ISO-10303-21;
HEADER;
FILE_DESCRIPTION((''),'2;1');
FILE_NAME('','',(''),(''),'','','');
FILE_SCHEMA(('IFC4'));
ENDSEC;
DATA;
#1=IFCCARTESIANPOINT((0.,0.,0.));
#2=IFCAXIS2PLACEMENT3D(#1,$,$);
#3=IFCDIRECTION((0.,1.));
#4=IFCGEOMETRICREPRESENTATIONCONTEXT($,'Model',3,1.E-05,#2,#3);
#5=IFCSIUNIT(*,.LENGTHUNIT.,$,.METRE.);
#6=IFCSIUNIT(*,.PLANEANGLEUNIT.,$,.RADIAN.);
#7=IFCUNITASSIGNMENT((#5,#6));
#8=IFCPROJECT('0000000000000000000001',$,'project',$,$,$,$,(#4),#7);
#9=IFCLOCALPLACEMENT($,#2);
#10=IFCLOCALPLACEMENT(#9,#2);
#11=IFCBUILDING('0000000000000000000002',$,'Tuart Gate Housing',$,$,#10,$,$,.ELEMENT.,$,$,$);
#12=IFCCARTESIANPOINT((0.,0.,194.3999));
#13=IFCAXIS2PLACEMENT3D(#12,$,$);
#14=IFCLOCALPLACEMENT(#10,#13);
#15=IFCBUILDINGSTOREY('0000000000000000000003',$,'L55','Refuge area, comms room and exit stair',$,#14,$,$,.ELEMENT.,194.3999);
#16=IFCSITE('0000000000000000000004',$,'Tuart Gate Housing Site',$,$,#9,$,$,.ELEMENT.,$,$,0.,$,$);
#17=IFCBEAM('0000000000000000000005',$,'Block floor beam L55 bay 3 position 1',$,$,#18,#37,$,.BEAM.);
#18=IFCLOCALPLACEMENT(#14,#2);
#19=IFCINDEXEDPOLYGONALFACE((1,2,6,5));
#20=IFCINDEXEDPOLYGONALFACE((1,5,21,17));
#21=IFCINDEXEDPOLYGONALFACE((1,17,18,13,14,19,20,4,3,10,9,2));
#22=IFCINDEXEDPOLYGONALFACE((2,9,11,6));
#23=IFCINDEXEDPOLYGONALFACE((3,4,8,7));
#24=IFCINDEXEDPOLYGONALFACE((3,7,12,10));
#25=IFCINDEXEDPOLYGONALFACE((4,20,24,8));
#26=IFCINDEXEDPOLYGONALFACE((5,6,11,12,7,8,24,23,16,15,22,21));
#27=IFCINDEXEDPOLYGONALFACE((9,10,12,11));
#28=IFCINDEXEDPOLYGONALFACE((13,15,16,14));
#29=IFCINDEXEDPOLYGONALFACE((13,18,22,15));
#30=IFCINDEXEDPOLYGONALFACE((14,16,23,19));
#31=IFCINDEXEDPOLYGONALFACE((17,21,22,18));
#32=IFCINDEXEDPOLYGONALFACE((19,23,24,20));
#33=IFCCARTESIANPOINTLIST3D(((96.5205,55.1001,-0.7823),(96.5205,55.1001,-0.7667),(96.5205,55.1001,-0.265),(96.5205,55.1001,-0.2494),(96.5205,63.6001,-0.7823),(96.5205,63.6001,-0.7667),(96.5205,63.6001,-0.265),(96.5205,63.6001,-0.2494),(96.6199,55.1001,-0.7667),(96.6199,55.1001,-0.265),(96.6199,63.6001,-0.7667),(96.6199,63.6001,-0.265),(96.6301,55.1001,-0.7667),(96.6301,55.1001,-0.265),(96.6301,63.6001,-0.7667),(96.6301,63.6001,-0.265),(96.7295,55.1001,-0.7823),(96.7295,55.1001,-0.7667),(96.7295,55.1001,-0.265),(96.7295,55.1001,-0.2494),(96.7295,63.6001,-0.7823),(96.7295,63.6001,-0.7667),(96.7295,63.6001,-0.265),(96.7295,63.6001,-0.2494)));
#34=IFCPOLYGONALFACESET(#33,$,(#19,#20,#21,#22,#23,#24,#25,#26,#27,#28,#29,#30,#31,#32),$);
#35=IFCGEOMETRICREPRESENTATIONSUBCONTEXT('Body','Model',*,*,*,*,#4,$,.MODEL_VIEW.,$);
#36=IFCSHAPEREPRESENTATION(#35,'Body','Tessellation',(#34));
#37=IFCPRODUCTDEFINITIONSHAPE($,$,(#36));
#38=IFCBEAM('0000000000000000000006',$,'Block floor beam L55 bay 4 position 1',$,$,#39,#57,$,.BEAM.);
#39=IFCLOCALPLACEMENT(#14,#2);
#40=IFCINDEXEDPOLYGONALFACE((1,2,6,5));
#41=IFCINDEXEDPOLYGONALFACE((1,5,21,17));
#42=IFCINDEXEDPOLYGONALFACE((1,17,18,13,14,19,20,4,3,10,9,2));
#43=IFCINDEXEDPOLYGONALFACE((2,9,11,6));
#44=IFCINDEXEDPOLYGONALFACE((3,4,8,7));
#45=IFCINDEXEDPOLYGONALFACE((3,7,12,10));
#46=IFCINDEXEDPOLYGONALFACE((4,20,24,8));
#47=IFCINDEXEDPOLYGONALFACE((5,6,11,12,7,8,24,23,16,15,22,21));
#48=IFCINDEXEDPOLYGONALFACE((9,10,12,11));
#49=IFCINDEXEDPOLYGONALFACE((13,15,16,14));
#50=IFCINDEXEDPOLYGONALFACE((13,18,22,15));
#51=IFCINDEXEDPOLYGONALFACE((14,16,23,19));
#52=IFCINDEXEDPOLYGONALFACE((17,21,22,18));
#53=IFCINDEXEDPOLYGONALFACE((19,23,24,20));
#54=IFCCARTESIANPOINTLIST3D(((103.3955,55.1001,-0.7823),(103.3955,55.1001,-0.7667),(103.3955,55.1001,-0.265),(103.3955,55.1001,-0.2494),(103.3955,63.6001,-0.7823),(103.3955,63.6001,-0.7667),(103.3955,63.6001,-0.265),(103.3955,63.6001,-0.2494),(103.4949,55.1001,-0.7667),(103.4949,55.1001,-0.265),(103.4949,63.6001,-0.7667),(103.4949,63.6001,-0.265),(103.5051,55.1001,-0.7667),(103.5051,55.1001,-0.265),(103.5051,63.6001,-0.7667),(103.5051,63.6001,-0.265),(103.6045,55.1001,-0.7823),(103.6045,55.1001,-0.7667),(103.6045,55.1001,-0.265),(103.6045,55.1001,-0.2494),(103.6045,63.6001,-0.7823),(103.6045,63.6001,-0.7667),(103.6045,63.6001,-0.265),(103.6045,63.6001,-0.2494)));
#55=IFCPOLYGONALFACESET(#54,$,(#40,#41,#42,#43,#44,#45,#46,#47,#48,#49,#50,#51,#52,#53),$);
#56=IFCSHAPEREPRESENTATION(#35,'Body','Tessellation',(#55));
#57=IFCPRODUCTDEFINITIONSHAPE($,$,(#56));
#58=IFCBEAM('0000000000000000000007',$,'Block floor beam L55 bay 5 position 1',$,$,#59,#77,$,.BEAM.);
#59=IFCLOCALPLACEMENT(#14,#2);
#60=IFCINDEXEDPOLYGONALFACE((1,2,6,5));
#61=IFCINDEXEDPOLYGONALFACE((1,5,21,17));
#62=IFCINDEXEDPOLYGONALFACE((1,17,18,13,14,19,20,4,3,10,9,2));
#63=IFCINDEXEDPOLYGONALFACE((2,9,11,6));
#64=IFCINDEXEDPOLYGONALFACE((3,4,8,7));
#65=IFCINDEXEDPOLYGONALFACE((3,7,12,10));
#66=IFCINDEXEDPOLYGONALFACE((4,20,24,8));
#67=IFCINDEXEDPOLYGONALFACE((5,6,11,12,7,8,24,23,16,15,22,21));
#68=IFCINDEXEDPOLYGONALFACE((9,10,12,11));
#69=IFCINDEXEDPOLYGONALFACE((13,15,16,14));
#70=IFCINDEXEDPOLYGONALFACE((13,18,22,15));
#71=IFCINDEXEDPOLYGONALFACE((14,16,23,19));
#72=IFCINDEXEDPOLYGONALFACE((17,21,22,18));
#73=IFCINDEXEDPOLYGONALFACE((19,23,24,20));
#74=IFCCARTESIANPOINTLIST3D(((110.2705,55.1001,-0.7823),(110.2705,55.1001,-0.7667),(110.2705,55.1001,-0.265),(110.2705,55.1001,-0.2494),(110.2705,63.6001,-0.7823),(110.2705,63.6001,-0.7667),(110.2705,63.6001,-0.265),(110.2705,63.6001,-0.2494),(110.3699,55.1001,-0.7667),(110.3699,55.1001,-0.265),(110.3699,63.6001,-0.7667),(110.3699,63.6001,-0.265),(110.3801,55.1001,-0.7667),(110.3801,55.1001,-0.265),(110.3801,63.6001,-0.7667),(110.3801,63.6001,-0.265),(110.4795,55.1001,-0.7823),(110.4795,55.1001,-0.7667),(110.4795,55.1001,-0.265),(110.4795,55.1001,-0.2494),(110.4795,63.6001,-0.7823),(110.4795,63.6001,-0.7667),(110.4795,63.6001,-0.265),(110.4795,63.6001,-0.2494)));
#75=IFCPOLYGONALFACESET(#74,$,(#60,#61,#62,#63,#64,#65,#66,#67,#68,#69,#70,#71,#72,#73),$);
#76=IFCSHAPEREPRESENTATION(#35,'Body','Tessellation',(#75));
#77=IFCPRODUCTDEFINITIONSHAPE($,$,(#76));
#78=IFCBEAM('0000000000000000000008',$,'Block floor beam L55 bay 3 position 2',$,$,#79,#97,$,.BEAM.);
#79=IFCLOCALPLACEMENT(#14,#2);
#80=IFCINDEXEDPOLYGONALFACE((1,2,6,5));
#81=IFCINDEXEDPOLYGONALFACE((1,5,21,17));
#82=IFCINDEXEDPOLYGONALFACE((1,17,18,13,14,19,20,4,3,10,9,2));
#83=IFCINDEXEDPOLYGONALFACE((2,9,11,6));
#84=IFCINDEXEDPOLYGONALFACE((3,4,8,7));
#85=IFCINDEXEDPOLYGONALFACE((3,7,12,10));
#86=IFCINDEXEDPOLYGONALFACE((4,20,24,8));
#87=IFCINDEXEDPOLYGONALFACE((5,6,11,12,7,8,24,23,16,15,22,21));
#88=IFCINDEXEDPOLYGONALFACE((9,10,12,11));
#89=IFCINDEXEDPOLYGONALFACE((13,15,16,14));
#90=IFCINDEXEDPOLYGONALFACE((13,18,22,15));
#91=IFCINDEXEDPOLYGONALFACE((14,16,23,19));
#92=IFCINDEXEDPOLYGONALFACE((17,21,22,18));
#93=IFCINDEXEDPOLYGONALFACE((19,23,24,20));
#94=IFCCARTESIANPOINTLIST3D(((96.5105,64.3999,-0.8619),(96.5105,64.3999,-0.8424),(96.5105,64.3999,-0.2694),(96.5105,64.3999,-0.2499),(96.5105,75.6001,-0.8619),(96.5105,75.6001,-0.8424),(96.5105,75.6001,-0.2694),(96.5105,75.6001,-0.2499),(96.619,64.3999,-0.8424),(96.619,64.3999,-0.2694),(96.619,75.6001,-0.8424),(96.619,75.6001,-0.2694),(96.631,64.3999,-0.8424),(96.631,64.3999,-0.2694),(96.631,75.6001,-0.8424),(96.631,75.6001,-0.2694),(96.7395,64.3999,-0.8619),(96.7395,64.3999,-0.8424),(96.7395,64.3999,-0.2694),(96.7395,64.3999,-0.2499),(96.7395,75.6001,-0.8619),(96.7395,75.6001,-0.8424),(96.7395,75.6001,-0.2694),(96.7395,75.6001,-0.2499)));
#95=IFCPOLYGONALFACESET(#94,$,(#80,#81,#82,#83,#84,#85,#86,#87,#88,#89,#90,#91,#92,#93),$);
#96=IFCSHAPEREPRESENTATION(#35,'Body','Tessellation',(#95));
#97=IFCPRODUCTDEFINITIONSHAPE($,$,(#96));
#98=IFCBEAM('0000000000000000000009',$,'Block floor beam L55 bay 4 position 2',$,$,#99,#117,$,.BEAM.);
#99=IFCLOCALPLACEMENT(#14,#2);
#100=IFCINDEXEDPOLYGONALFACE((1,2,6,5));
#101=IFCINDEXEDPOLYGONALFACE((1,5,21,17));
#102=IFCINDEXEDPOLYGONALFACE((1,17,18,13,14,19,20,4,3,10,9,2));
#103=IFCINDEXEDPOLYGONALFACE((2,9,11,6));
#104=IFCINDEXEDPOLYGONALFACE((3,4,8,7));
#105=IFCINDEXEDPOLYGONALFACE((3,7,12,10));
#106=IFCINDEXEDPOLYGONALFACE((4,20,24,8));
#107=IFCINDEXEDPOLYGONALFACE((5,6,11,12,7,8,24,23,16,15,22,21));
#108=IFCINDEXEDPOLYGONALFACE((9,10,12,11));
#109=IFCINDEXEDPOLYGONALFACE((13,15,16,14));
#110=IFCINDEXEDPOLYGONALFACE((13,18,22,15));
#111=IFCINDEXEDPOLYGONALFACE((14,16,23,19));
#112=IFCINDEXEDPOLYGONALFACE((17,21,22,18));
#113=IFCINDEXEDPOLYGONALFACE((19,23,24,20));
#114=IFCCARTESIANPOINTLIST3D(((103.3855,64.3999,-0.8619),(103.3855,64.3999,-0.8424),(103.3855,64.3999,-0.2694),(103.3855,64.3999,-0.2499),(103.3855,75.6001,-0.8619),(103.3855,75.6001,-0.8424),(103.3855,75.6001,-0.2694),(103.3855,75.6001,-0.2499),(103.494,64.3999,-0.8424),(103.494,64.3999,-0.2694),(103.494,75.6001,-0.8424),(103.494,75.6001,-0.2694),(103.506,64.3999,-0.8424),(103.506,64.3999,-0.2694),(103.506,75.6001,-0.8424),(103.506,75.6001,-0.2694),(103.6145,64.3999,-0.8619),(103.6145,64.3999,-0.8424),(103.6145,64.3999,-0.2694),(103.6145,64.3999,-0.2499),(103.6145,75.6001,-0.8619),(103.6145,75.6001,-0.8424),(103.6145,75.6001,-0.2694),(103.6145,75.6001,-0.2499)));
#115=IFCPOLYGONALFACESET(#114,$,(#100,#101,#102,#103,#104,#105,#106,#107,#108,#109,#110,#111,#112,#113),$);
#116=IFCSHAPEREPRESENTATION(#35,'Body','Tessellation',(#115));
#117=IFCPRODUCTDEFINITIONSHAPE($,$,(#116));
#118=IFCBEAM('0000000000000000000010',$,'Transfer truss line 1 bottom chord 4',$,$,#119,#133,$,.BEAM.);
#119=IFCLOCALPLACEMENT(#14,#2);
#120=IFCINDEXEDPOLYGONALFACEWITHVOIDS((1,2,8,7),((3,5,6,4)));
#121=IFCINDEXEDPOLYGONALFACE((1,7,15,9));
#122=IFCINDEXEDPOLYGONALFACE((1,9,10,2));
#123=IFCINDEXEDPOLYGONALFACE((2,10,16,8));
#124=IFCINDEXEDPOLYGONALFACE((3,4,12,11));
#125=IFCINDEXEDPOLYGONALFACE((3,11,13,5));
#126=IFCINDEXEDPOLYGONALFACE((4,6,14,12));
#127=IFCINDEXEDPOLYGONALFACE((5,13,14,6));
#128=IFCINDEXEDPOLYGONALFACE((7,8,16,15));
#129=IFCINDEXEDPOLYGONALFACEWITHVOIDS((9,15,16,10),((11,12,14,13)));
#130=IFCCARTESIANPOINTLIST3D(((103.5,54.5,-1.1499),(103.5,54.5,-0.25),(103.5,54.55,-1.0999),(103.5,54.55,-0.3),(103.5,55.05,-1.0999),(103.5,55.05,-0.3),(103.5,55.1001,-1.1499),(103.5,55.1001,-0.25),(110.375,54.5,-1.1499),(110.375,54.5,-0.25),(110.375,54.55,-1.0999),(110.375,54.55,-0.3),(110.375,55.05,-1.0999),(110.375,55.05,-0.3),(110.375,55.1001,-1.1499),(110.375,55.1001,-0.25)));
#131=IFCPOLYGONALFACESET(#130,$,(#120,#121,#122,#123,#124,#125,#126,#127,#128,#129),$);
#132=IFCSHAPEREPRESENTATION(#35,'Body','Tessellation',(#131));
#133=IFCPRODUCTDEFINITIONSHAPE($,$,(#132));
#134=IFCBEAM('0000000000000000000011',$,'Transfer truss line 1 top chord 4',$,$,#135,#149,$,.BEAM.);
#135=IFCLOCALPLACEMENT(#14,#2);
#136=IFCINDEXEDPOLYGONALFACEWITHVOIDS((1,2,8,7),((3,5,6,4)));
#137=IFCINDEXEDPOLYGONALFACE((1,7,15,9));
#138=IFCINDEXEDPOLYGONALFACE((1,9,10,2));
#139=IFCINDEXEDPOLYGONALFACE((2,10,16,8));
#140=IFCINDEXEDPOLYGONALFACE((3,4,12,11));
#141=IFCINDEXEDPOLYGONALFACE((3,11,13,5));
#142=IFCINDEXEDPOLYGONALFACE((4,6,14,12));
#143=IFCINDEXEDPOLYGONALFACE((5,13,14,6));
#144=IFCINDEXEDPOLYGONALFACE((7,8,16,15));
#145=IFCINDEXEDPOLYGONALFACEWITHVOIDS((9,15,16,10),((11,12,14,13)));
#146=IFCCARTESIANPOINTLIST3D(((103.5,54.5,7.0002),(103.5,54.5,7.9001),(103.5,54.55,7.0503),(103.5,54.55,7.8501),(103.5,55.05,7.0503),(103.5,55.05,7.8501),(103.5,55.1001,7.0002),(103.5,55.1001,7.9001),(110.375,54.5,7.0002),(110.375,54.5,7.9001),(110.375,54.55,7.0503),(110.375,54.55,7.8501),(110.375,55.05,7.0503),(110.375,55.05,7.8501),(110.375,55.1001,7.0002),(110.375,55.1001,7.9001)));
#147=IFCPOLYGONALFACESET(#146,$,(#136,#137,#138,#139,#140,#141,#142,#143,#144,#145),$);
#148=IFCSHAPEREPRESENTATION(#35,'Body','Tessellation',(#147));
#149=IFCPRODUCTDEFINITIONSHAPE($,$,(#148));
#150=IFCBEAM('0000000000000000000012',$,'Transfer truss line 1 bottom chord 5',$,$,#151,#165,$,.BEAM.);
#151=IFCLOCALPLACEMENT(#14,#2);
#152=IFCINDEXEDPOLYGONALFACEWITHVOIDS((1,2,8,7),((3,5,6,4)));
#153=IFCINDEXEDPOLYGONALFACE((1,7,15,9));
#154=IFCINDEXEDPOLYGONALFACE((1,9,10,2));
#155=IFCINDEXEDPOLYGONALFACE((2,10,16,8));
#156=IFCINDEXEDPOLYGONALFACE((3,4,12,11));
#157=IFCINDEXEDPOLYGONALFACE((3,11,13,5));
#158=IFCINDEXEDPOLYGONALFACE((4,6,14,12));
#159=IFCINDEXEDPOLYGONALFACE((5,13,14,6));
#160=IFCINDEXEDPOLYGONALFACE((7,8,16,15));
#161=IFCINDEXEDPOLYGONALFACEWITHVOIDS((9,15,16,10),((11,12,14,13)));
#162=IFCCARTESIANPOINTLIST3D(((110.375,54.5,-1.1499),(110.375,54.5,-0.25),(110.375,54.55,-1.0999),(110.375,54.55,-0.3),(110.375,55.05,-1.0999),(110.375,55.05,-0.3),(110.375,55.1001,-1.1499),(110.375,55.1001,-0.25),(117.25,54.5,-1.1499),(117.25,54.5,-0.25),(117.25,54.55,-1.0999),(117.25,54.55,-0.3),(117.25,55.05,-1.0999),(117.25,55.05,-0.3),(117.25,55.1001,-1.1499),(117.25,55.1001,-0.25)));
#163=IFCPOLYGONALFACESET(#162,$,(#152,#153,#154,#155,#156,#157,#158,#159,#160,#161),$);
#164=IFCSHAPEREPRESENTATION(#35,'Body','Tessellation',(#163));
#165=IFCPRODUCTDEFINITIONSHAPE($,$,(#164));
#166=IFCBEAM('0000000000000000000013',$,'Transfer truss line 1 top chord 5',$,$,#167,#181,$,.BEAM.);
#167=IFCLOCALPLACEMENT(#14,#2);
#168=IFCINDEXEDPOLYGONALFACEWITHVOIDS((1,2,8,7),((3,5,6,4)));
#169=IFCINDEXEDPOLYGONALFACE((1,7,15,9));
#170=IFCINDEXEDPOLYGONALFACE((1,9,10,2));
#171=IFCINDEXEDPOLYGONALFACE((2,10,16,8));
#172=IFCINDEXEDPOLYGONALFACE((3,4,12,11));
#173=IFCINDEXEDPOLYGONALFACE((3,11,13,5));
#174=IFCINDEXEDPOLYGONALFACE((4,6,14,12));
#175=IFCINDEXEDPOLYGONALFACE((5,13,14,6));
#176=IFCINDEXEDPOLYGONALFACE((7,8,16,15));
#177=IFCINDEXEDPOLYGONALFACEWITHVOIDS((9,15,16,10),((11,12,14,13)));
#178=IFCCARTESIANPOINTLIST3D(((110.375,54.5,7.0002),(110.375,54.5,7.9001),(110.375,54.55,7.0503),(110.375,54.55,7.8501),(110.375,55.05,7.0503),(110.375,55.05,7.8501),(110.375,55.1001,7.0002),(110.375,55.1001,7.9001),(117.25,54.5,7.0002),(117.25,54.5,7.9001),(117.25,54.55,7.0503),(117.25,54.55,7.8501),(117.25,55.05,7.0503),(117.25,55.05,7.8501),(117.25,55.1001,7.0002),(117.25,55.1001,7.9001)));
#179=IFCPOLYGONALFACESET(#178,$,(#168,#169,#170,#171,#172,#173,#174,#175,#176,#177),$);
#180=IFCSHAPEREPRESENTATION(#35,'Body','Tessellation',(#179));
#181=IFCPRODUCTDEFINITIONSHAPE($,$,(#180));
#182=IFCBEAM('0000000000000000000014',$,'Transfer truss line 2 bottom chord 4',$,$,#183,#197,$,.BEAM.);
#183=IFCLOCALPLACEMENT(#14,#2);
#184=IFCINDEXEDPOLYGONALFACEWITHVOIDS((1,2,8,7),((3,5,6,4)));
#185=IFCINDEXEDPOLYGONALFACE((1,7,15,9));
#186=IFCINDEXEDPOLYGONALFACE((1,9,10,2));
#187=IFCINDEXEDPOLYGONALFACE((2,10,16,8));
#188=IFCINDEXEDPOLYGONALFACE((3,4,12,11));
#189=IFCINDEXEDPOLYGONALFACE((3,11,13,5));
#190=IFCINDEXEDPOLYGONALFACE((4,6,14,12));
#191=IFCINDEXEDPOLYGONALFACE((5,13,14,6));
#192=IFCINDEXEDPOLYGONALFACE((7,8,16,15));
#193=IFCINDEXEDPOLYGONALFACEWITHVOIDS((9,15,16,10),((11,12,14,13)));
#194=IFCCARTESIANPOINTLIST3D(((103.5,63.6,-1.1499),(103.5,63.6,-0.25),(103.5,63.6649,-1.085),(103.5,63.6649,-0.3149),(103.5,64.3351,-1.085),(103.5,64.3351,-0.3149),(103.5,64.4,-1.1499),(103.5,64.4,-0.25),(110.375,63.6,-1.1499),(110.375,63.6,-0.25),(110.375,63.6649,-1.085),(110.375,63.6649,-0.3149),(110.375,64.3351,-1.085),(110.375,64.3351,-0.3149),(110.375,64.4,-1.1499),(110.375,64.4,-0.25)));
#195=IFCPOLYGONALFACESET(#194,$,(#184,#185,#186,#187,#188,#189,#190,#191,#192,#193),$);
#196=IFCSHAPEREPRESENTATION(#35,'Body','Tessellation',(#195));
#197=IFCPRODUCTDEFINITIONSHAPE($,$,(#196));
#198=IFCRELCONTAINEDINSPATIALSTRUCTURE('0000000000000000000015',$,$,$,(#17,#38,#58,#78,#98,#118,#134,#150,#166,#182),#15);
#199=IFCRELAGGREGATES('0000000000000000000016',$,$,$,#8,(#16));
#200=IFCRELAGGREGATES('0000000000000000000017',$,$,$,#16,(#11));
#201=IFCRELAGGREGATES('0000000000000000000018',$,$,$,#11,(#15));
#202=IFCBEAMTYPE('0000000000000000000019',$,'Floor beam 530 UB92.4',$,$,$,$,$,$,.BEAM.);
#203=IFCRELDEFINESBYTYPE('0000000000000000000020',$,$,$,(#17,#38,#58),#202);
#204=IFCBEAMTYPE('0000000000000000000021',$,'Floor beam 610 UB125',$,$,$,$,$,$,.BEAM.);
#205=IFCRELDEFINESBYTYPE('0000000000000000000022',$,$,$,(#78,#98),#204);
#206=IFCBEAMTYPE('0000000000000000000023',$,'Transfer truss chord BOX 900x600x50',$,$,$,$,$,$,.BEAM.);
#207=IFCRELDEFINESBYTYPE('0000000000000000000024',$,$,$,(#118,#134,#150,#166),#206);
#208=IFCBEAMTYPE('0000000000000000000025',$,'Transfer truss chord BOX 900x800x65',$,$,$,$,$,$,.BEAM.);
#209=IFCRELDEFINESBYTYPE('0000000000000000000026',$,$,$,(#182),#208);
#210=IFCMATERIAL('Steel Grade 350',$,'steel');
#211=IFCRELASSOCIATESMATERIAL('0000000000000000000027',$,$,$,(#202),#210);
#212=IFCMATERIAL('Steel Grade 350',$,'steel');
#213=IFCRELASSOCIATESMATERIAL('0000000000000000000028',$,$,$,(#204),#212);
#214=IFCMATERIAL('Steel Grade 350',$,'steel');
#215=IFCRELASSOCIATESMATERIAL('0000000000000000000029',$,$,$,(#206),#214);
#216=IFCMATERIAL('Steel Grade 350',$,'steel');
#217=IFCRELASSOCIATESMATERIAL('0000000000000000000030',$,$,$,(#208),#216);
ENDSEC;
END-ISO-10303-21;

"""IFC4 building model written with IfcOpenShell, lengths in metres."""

from ifc_helpers import new_model, si_unit, direction, frame, origin, origin_2d, place, context, subcontext, project, spatial, hollow_rectangle, i_section, extrude, material, material_profile, profile_set, type_object, element, save


model = new_model("IFC4")

# Units and contexts
model_context = context("Model", 3, precision=1e-05, world=origin(), true_north=direction((0.0, 1.0)))
body_context = subcontext(model_context, "Body", "Model", "MODEL_VIEW")
ifc_project = project(units=[si_unit("LENGTHUNIT", "METRE"), si_unit("PLANEANGLEUNIT", "RADIAN")], contexts=[model_context])

# Site, building, storey
site_placement = place(None, origin())
site = spatial("IfcSite", under=ifc_project, at=site_placement, Name="Tuart Gate Housing Site", CompositionType="ELEMENT", RefElevation=0.0)
building_placement = place(site_placement, origin())
building = spatial("IfcBuilding", under=site, at=building_placement, Name="Tuart Gate Housing", CompositionType="ELEMENT")
storey_placement = place(building_placement, frame((0.0, 0.0, 194.3999)))
storey = spatial("IfcBuildingStorey", under=building, at=storey_placement, Name="L55", Description="Refuge area, comms room and exit stair", CompositionType="ELEMENT", Elevation=194.3999)

# Beams
ifc_material_1 = material(Name="Steel Grade 350", Category="steel")
ifc_material_profile_1 = material_profile(ifc_material_1, i_section(OverallWidth=0.209, OverallDepth=0.533, WebThickness=0.0103, FlangeThickness=0.0156, at=origin_2d()), Name="530UB92.4")
ifc_profile_set_1 = profile_set([ifc_material_profile_1], Name="Steel Grade 350")
beam_type_1 = type_object("IfcBeamType", Name="Floor beam 530 UB92.4", PredefinedType="BEAM", material=ifc_profile_set_1)
for number, where, z_axis, x_axis, name in (
    (1, (96.625, 55.1001, -0.5159), (0.0, 1.0, 0.0), (-1.0, 0.0, 0.0), "Block floor beam L55 bay 3 position 1"),
    (2, (103.5, 55.1001, -0.5159), (0.0, 1.0, 0.0), (-1.0, 0.0, 0.0), "Block floor beam L55 bay 4 position 1"),
    (3, (110.375, 55.1001, -0.5159), (0.0, 1.0, 0.0), (-1.0, 0.0, 0.0), "Block floor beam L55 bay 5 position 1"),
):
    element("IfcBeam", number, at=place(storey_placement, frame(where, z_axis=z_axis, x_axis=x_axis)), inside=storey, type_object=beam_type_1, Name=name, PredefinedType="BEAM", context=body_context, shape_type="SweptSolid", body=[
        extrude(i_section(OverallWidth=0.209, OverallDepth=0.533, WebThickness=0.0103, FlangeThickness=0.0156, at=origin_2d()), origin(), (0.0, 0.0, 1.0), 8.5),
    ])
ifc_material_2 = material(Name="Steel Grade 350", Category="steel")
ifc_material_profile_2 = material_profile(ifc_material_2, i_section(OverallWidth=0.229, OverallDepth=0.6121, WebThickness=0.012, FlangeThickness=0.0195, at=origin_2d()), Name="610UB125")
ifc_profile_set_2 = profile_set([ifc_material_profile_2], Name="Steel Grade 350")
beam_type_2 = type_object("IfcBeamType", Name="Floor beam 610 UB125", PredefinedType="BEAM", material=ifc_profile_set_2)
for number, where, z_axis, x_axis, name in (
    (4, (96.625, 64.3999, -0.5559), (0.0, 1.0, 0.0), (-1.0, 0.0, 0.0), "Block floor beam L55 bay 3 position 2"),
    (5, (103.5, 64.3999, -0.5559), (0.0, 1.0, 0.0), (-1.0, 0.0, 0.0), "Block floor beam L55 bay 4 position 2"),
):
    element("IfcBeam", number, at=place(storey_placement, frame(where, z_axis=z_axis, x_axis=x_axis)), inside=storey, type_object=beam_type_2, Name=name, PredefinedType="BEAM", context=body_context, shape_type="SweptSolid", body=[
        extrude(i_section(OverallWidth=0.229, OverallDepth=0.6121, WebThickness=0.012, FlangeThickness=0.0195, at=origin_2d()), origin(), (0.0, 0.0, 1.0), 11.2002),
    ])
ifc_material_3 = material(Name="Steel Grade 350", Category="steel")
ifc_material_profile_3 = material_profile(ifc_material_3, hollow_rectangle(XDim=0.6001, YDim=0.8999, WallThickness=0.05, at=origin_2d()), Name="BOX 900x600x50")
ifc_profile_set_3 = profile_set([ifc_material_profile_3], Name="Steel Grade 350")
beam_type_3 = type_object("IfcBeamType", Name="Transfer truss chord BOX 900x600x50", PredefinedType="BEAM", material=ifc_profile_set_3)
for number, where, z_axis, x_axis, name in (
    (6, (103.5, 54.8, -0.7), (1.0, 0.0, 0.0), (0.0, 1.0, 0.0), "Transfer truss line 1 bottom chord 4"),
    (7, (103.5, 54.8, 7.4502), (1.0, 0.0, 0.0), (0.0, 1.0, 0.0), "Transfer truss line 1 top chord 4"),
    (8, (110.375, 54.8, -0.7), (1.0, 0.0, 0.0), (0.0, 1.0, 0.0), "Transfer truss line 1 bottom chord 5"),
    (9, (110.375, 54.8, 7.4502), (1.0, 0.0, 0.0), (0.0, 1.0, 0.0), "Transfer truss line 1 top chord 5"),
):
    element("IfcBeam", number, at=place(storey_placement, frame(where, z_axis=z_axis, x_axis=x_axis)), inside=storey, type_object=beam_type_3, Name=name, PredefinedType="BEAM", context=body_context, shape_type="SweptSolid", body=[
        extrude(hollow_rectangle(XDim=0.6001, YDim=0.8999, WallThickness=0.05, at=origin_2d()), origin(), (0.0, 0.0, 1.0), 6.875),
    ])
ifc_material_4 = material(Name="Steel Grade 350", Category="steel")
ifc_material_profile_4 = material_profile(ifc_material_4, hollow_rectangle(XDim=0.8, YDim=0.8999, WallThickness=0.0649, at=origin_2d()), Name="BOX 900x800x65")
ifc_profile_set_4 = profile_set([ifc_material_profile_4], Name="Steel Grade 350")
beam_type_4 = type_object("IfcBeamType", Name="Transfer truss chord BOX 900x800x65", PredefinedType="BEAM", material=ifc_profile_set_4)
for number, where, z_axis, x_axis, name in (
    (10, (103.5, 64.0, -0.7), (1.0, 0.0, 0.0), (0.0, 1.0, 0.0), "Transfer truss line 2 bottom chord 4"),
):
    element("IfcBeam", number, at=place(storey_placement, frame(where, z_axis=z_axis, x_axis=x_axis)), inside=storey, type_object=beam_type_4, Name=name, PredefinedType="BEAM", context=body_context, shape_type="SweptSolid", body=[
        extrude(hollow_rectangle(XDim=0.8, YDim=0.8999, WallThickness=0.0649, at=origin_2d()), origin(), (0.0, 0.0, 1.0), 6.875),
    ])

save(model, "model.ifc")
